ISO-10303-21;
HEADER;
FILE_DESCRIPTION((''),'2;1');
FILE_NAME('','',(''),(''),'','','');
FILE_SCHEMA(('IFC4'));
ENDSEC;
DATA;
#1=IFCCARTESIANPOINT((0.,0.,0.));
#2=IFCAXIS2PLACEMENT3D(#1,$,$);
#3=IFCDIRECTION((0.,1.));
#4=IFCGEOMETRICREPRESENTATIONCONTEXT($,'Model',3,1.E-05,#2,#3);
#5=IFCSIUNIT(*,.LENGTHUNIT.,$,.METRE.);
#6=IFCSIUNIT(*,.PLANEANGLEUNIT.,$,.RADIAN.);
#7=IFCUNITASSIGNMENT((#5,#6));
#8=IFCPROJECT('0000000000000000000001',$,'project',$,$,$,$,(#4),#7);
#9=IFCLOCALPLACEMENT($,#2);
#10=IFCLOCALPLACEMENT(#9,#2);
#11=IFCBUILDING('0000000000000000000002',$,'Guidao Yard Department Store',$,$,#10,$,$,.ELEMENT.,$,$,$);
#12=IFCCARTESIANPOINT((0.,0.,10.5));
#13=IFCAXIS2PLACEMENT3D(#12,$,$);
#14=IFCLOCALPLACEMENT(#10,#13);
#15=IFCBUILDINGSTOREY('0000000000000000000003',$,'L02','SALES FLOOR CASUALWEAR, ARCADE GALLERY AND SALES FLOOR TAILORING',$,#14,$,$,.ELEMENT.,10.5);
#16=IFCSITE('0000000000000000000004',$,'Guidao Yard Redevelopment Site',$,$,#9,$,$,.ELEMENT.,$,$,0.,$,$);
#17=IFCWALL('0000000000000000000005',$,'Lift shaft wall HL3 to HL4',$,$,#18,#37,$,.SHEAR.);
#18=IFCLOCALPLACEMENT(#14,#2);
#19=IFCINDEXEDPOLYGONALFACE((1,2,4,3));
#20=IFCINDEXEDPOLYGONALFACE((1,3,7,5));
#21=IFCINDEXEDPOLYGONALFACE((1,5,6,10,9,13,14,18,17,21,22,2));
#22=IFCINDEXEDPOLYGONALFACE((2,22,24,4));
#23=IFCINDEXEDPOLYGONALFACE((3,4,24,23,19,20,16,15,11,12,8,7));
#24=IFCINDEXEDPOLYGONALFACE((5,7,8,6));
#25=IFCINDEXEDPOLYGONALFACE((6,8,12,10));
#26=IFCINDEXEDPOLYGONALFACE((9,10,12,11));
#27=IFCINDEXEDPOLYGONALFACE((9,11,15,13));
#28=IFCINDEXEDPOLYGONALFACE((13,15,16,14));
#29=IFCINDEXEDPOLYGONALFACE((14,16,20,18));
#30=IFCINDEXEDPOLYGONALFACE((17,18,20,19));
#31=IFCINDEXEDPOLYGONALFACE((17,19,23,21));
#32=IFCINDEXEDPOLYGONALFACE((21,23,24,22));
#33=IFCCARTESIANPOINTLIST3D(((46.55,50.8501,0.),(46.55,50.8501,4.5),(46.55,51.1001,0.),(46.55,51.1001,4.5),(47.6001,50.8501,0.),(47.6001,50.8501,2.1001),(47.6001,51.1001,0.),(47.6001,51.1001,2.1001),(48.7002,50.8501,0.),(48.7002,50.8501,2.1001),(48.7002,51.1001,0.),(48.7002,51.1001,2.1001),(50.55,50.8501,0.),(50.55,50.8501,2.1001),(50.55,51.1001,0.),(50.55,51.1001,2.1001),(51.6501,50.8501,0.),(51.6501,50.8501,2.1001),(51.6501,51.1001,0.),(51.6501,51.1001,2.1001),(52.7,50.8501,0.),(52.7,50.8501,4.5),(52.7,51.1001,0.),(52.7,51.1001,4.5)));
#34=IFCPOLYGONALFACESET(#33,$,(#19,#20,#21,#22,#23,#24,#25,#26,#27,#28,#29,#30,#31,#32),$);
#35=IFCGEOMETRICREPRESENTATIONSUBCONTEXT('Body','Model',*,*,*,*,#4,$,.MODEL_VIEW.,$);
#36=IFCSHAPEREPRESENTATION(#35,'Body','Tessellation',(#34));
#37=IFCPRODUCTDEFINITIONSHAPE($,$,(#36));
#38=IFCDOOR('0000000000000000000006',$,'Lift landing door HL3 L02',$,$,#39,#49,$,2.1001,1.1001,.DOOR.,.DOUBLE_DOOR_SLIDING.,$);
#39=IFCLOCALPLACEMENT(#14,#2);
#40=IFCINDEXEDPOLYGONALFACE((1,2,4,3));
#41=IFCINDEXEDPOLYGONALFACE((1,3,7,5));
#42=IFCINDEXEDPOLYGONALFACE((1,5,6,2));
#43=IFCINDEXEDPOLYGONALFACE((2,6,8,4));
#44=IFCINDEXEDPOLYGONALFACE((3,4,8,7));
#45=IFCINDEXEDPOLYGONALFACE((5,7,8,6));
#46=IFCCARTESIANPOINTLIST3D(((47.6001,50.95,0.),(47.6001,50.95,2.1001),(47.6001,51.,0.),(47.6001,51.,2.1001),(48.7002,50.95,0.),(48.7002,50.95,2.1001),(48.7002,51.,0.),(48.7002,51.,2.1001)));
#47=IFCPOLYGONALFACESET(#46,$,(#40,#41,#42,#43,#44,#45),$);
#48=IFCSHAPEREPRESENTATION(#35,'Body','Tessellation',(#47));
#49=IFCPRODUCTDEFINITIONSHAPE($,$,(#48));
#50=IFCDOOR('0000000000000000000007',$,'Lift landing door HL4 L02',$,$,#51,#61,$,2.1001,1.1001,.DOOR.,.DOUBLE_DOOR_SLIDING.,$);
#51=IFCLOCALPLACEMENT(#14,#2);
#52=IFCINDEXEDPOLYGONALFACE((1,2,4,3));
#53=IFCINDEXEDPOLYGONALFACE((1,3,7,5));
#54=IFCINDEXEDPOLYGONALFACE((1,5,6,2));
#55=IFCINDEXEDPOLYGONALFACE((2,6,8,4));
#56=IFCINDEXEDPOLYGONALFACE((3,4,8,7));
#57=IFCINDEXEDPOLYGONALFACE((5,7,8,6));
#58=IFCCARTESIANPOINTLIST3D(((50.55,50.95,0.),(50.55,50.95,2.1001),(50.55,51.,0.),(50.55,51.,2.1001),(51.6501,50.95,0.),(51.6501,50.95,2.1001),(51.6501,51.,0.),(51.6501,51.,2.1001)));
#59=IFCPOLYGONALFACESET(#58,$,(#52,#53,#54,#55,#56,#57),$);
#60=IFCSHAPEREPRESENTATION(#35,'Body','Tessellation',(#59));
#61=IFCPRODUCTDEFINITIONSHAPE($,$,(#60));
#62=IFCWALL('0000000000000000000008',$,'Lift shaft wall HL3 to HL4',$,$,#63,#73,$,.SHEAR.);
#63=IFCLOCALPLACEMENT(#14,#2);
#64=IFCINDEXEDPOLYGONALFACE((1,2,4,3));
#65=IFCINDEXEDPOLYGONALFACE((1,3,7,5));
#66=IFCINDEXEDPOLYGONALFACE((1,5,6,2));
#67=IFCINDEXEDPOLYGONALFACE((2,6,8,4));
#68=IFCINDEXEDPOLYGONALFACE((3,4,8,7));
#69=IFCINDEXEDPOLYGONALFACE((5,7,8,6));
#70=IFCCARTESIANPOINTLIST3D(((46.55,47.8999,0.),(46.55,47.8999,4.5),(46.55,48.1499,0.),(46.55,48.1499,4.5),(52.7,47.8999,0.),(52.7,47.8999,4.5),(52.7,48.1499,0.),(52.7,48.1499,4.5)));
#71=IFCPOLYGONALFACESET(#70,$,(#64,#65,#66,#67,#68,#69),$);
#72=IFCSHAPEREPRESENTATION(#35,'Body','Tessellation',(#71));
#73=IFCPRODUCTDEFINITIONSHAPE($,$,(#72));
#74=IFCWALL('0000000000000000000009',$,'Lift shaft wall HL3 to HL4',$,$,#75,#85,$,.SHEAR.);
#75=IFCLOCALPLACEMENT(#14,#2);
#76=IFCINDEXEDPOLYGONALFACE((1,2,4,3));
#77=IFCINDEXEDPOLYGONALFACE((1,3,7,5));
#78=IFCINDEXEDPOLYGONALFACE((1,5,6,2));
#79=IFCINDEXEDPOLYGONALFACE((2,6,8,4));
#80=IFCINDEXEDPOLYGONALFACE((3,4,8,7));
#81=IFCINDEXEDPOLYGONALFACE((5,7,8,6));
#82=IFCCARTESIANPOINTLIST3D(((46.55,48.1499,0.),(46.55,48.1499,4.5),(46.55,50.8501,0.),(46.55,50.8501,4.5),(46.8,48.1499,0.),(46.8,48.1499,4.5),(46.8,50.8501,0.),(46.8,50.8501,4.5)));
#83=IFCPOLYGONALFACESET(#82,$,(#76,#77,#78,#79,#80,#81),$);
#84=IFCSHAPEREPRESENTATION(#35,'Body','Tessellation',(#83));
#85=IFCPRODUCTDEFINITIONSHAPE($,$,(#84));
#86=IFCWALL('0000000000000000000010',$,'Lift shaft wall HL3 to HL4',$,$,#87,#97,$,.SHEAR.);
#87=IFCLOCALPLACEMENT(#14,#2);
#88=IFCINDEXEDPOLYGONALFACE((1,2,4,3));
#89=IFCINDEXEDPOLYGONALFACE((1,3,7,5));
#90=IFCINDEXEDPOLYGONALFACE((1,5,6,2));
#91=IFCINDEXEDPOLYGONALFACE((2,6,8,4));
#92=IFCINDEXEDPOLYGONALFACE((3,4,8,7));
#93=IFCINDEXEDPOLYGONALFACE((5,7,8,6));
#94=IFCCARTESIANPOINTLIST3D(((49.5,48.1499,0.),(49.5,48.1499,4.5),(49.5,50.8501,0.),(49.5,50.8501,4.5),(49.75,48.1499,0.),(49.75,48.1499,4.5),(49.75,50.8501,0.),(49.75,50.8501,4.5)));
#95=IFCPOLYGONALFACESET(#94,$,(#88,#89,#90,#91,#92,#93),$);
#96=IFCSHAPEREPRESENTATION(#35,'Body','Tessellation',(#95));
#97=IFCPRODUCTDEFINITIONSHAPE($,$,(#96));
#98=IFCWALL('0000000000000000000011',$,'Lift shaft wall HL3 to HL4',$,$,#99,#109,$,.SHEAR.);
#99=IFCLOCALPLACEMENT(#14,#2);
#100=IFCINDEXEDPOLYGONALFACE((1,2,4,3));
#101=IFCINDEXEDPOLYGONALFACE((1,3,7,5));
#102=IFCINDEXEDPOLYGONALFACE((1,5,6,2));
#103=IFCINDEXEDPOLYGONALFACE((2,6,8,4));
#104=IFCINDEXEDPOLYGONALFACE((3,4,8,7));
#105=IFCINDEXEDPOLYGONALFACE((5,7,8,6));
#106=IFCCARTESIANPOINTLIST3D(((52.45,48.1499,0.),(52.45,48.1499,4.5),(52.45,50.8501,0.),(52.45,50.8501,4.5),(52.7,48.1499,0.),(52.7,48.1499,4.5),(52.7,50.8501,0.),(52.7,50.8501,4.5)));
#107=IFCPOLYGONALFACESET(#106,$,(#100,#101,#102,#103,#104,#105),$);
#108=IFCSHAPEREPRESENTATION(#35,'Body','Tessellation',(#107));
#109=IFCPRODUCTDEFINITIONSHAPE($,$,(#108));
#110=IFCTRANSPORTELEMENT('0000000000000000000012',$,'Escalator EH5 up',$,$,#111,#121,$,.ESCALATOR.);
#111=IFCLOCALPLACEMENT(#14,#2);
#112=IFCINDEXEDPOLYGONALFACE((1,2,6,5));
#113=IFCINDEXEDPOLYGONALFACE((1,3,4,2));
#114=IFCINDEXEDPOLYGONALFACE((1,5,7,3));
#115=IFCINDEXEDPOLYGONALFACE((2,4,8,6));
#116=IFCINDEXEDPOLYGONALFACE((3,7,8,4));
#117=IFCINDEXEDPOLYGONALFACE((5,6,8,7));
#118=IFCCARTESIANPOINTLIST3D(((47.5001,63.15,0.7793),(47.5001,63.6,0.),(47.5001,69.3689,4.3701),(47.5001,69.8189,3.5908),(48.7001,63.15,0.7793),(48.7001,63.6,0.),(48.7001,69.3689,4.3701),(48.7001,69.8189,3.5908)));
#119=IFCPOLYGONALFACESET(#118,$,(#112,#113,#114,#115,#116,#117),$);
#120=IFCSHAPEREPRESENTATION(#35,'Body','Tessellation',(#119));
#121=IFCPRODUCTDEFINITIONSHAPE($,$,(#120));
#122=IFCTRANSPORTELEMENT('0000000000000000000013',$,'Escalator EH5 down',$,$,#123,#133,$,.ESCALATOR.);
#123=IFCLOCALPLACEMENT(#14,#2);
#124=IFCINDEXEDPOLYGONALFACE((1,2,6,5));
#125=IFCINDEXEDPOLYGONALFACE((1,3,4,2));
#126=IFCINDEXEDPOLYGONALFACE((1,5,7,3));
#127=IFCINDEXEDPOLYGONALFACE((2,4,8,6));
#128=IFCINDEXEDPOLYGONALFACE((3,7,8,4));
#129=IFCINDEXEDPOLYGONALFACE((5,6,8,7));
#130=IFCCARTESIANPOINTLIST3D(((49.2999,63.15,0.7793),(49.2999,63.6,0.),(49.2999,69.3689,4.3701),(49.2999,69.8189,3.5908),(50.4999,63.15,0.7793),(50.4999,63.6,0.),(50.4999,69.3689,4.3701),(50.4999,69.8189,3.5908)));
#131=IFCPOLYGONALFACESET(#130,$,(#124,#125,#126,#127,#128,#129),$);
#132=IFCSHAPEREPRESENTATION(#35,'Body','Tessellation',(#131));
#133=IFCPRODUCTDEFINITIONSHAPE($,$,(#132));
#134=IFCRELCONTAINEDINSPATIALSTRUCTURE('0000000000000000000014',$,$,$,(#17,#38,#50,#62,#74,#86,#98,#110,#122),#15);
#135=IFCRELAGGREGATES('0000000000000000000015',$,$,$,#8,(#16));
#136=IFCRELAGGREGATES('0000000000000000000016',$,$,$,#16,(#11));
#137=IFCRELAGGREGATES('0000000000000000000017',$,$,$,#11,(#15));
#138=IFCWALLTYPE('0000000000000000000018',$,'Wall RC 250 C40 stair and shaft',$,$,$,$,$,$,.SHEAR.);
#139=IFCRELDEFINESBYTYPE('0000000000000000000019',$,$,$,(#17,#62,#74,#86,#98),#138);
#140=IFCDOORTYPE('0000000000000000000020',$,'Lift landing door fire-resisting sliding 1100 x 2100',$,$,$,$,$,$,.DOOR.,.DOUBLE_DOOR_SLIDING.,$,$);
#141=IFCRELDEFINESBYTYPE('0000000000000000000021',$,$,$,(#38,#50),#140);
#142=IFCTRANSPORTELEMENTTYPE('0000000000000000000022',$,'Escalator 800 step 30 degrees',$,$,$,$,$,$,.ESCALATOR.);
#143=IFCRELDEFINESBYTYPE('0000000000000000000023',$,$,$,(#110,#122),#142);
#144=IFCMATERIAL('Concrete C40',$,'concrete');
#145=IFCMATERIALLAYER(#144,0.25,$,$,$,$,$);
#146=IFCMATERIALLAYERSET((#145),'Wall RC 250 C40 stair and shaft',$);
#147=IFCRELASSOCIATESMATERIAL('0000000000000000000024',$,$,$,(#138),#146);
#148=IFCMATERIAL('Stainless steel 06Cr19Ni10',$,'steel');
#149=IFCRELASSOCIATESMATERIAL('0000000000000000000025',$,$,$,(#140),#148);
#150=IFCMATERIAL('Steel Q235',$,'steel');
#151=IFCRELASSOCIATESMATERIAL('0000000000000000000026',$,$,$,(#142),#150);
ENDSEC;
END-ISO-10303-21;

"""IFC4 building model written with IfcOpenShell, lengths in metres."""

from ifc_helpers import new_model, si_unit, direction, frame, frame_2d, origin, origin_2d, place, context, subcontext, project, spatial, rectangle, extrude, material, layer, layer_set, material_profile, profile_set, type_object, element, fill, save


model = new_model("IFC4")

# Units and contexts
model_context = context("Model", 3, precision=1e-05, world=origin(), true_north=direction((0.0, 1.0)))
body_context = subcontext(model_context, "Body", "Model", "MODEL_VIEW")
ifc_project = project(units=[si_unit("LENGTHUNIT", "METRE"), si_unit("PLANEANGLEUNIT", "RADIAN")], contexts=[model_context])

# Site, building, storey
site_placement = place(None, origin())
site = spatial("IfcSite", under=ifc_project, at=site_placement, Name="Guidao Yard Redevelopment Site", CompositionType="ELEMENT", RefElevation=0.0)
building_placement = place(site_placement, origin())
building = spatial("IfcBuilding", under=site, at=building_placement, Name="Guidao Yard Department Store", CompositionType="ELEMENT")
storey_placement = place(building_placement, frame((0.0, 0.0, 10.5)))
storey = spatial("IfcBuildingStorey", under=building, at=storey_placement, Name="L02", Description="SALES FLOOR CASUALWEAR, ARCADE GALLERY AND SALES FLOOR TAILORING", CompositionType="ELEMENT", Elevation=10.5)

# Wall, openings, doors
ifc_material_1 = material(Name="Concrete C40", Category="concrete")
ifc_layer_1 = layer(ifc_material_1, 0.25)
ifc_layer_set_1 = layer_set([ifc_layer_1], Name="Wall RC 250 C40 stair and shaft")
wall_type_1 = type_object("IfcWallType", Name="Wall RC 250 C40 stair and shaft", PredefinedType="SHEAR", material=ifc_layer_set_1)
wall_1_placement = place(storey_placement, frame((46.55, 50.9751, 0.0), z_axis=(0.0, 0.0, 1.0), x_axis=(1.0, 0.0, 0.0)))
wall_1 = element("IfcWall", 1, at=wall_1_placement, inside=storey, type_object=wall_type_1, Name="Lift shaft wall HL3 to HL4", PredefinedType="SHEAR", context=body_context, shape_type="SweptSolid", body=[
    extrude(rectangle(XDim=6.1499, YDim=0.25, at=frame_2d((3.075, 0.0))), origin(), (0.0, 0.0, 1.0), 4.5),
])
opening_1_placement = place(wall_1_placement, frame((1.05, 0.0, 0.0)))
opening_1 = element("IfcOpeningElement", 2, at=opening_1_placement, cuts=wall_1, PredefinedType="OPENING", context=body_context, shape_type="SweptSolid", body=[
    extrude(rectangle(XDim=1.1001, YDim=2.1001, at=frame_2d((0.55, 1.05))), frame((0.0, 0.135, 0.0), z_axis=(0.0, -1.0, 0.0), x_axis=(1.0, 0.0, 0.0)), (0.0, 0.0, 1.0), 0.27),
])
opening_2_placement = place(wall_1_placement, frame((4.0, 0.0, 0.0)))
opening_2 = element("IfcOpeningElement", 3, at=opening_2_placement, cuts=wall_1, PredefinedType="OPENING", context=body_context, shape_type="SweptSolid", body=[
    extrude(rectangle(XDim=1.1001, YDim=2.1001, at=frame_2d((0.55, 1.05))), frame((0.0, 0.135, 0.0), z_axis=(0.0, -1.0, 0.0), x_axis=(1.0, 0.0, 0.0)), (0.0, 0.0, 1.0), 0.27),
])
ifc_material_2 = material(Name="Stainless steel 06Cr19Ni10", Category="steel")
door_type = type_object("IfcDoorType", Name="Lift landing door fire-resisting sliding 1100 x 2100", OperationType="DOUBLE_DOOR_SLIDING", PredefinedType="DOOR", material=ifc_material_2)
door_1_placement = place(opening_1_placement, origin())
door_1 = element("IfcDoor", 4, at=door_1_placement, inside=storey, type_object=door_type, Name="Lift landing door HL3 L02", OperationType="DOUBLE_DOOR_SLIDING", OverallHeight=2.1001, OverallWidth=1.1001, PredefinedType="DOOR", context=body_context, shape_type="SweptSolid", body=[
    extrude(rectangle(XDim=1.1001, YDim=2.1001, at=frame_2d((0.55, 1.05))), frame((0.0, 0.0249, 0.0), z_axis=(0.0, -1.0, 0.0), x_axis=(1.0, 0.0, 0.0)), (0.0, 0.0, 1.0), 0.05),
])
fill(opening_1, door_1)
door_2_placement = place(opening_2_placement, origin())
door_2 = element("IfcDoor", 5, at=door_2_placement, inside=storey, type_object=door_type, Name="Lift landing door HL4 L02", OperationType="DOUBLE_DOOR_SLIDING", OverallHeight=2.1001, OverallWidth=1.1001, PredefinedType="DOOR", context=body_context, shape_type="SweptSolid", body=[
    extrude(rectangle(XDim=1.1001, YDim=2.1001, at=frame_2d((0.55, 1.05))), frame((0.0, 0.0249, 0.0), z_axis=(0.0, -1.0, 0.0), x_axis=(1.0, 0.0, 0.0)), (0.0, 0.0, 1.0), 0.05),
])
fill(opening_2, door_2)

# Walls
wall_2_placement = place(storey_placement, frame((46.55, 48.0249, 0.0), z_axis=(0.0, 0.0, 1.0), x_axis=(1.0, 0.0, 0.0)))
element("IfcWall", 6, at=wall_2_placement, inside=storey, type_object=wall_type_1, Name="Lift shaft wall HL3 to HL4", PredefinedType="SHEAR", context=body_context, shape_type="SweptSolid", body=[
    extrude(rectangle(XDim=6.1499, YDim=0.25, at=frame_2d((3.075, 0.0))), origin(), (0.0, 0.0, 1.0), 4.5),
])
for number, where, z_axis, x_axis, name in (
    (7, (46.675, 48.1499, 0.0), (0.0, 0.0, 1.0), (0.0, 1.0, 0.0), "Lift shaft wall HL3 to HL4"),
    (8, (49.625, 48.1499, 0.0), (0.0, 0.0, 1.0), (0.0, 1.0, 0.0), "Lift shaft wall HL3 to HL4"),
    (9, (52.575, 48.1499, 0.0), (0.0, 0.0, 1.0), (0.0, 1.0, 0.0), "Lift shaft wall HL3 to HL4"),
):
    element("IfcWall", number, at=place(storey_placement, frame(where, z_axis=z_axis, x_axis=x_axis)), inside=storey, type_object=wall_type_1, Name=name, PredefinedType="SHEAR", context=body_context, shape_type="SweptSolid", body=[
        extrude(rectangle(XDim=2.7002, YDim=0.25, at=frame_2d((1.3501, 0.0))), origin(), (0.0, 0.0, 1.0), 4.5),
    ])

# Transport elements
ifc_material_3 = material(Name="Steel Q235", Category="steel")
ifc_material_profile_1 = material_profile(ifc_material_3, rectangle(XDim=1.2, YDim=0.8999, at=origin_2d()), Name="Escalator 800 step 30 degrees")
ifc_profile_set_1 = profile_set([ifc_material_profile_1], Name="Steel Q235")
transport_element_type = type_object("IfcTransportElementType", Name="Escalator 800 step 30 degrees", PredefinedType="ESCALATOR", material=ifc_profile_set_1)
for number, where, z_axis, x_axis, name in (
    (10, (48.1001, 63.375, 0.3896), (0.0, 0.866008, 0.500029), (-1.0, 0.0, 0.0), "Escalator EH5 up"),
    (11, (49.8999, 63.375, 0.3896), (0.0, 0.866008, 0.500029), (-1.0, 0.0, 0.0), "Escalator EH5 down"),
):
    element("IfcTransportElement", number, at=place(storey_placement, frame(where, z_axis=z_axis, x_axis=x_axis)), inside=storey, type_object=transport_element_type, Name=name, PredefinedType="ESCALATOR", context=body_context, shape_type="SweptSolid", body=[
        extrude(rectangle(XDim=1.2, YDim=0.8999, at=origin_2d()), origin(), (0.0, 0.0, 1.0), 7.1812),
    ])

save(model, "model.ifc")
